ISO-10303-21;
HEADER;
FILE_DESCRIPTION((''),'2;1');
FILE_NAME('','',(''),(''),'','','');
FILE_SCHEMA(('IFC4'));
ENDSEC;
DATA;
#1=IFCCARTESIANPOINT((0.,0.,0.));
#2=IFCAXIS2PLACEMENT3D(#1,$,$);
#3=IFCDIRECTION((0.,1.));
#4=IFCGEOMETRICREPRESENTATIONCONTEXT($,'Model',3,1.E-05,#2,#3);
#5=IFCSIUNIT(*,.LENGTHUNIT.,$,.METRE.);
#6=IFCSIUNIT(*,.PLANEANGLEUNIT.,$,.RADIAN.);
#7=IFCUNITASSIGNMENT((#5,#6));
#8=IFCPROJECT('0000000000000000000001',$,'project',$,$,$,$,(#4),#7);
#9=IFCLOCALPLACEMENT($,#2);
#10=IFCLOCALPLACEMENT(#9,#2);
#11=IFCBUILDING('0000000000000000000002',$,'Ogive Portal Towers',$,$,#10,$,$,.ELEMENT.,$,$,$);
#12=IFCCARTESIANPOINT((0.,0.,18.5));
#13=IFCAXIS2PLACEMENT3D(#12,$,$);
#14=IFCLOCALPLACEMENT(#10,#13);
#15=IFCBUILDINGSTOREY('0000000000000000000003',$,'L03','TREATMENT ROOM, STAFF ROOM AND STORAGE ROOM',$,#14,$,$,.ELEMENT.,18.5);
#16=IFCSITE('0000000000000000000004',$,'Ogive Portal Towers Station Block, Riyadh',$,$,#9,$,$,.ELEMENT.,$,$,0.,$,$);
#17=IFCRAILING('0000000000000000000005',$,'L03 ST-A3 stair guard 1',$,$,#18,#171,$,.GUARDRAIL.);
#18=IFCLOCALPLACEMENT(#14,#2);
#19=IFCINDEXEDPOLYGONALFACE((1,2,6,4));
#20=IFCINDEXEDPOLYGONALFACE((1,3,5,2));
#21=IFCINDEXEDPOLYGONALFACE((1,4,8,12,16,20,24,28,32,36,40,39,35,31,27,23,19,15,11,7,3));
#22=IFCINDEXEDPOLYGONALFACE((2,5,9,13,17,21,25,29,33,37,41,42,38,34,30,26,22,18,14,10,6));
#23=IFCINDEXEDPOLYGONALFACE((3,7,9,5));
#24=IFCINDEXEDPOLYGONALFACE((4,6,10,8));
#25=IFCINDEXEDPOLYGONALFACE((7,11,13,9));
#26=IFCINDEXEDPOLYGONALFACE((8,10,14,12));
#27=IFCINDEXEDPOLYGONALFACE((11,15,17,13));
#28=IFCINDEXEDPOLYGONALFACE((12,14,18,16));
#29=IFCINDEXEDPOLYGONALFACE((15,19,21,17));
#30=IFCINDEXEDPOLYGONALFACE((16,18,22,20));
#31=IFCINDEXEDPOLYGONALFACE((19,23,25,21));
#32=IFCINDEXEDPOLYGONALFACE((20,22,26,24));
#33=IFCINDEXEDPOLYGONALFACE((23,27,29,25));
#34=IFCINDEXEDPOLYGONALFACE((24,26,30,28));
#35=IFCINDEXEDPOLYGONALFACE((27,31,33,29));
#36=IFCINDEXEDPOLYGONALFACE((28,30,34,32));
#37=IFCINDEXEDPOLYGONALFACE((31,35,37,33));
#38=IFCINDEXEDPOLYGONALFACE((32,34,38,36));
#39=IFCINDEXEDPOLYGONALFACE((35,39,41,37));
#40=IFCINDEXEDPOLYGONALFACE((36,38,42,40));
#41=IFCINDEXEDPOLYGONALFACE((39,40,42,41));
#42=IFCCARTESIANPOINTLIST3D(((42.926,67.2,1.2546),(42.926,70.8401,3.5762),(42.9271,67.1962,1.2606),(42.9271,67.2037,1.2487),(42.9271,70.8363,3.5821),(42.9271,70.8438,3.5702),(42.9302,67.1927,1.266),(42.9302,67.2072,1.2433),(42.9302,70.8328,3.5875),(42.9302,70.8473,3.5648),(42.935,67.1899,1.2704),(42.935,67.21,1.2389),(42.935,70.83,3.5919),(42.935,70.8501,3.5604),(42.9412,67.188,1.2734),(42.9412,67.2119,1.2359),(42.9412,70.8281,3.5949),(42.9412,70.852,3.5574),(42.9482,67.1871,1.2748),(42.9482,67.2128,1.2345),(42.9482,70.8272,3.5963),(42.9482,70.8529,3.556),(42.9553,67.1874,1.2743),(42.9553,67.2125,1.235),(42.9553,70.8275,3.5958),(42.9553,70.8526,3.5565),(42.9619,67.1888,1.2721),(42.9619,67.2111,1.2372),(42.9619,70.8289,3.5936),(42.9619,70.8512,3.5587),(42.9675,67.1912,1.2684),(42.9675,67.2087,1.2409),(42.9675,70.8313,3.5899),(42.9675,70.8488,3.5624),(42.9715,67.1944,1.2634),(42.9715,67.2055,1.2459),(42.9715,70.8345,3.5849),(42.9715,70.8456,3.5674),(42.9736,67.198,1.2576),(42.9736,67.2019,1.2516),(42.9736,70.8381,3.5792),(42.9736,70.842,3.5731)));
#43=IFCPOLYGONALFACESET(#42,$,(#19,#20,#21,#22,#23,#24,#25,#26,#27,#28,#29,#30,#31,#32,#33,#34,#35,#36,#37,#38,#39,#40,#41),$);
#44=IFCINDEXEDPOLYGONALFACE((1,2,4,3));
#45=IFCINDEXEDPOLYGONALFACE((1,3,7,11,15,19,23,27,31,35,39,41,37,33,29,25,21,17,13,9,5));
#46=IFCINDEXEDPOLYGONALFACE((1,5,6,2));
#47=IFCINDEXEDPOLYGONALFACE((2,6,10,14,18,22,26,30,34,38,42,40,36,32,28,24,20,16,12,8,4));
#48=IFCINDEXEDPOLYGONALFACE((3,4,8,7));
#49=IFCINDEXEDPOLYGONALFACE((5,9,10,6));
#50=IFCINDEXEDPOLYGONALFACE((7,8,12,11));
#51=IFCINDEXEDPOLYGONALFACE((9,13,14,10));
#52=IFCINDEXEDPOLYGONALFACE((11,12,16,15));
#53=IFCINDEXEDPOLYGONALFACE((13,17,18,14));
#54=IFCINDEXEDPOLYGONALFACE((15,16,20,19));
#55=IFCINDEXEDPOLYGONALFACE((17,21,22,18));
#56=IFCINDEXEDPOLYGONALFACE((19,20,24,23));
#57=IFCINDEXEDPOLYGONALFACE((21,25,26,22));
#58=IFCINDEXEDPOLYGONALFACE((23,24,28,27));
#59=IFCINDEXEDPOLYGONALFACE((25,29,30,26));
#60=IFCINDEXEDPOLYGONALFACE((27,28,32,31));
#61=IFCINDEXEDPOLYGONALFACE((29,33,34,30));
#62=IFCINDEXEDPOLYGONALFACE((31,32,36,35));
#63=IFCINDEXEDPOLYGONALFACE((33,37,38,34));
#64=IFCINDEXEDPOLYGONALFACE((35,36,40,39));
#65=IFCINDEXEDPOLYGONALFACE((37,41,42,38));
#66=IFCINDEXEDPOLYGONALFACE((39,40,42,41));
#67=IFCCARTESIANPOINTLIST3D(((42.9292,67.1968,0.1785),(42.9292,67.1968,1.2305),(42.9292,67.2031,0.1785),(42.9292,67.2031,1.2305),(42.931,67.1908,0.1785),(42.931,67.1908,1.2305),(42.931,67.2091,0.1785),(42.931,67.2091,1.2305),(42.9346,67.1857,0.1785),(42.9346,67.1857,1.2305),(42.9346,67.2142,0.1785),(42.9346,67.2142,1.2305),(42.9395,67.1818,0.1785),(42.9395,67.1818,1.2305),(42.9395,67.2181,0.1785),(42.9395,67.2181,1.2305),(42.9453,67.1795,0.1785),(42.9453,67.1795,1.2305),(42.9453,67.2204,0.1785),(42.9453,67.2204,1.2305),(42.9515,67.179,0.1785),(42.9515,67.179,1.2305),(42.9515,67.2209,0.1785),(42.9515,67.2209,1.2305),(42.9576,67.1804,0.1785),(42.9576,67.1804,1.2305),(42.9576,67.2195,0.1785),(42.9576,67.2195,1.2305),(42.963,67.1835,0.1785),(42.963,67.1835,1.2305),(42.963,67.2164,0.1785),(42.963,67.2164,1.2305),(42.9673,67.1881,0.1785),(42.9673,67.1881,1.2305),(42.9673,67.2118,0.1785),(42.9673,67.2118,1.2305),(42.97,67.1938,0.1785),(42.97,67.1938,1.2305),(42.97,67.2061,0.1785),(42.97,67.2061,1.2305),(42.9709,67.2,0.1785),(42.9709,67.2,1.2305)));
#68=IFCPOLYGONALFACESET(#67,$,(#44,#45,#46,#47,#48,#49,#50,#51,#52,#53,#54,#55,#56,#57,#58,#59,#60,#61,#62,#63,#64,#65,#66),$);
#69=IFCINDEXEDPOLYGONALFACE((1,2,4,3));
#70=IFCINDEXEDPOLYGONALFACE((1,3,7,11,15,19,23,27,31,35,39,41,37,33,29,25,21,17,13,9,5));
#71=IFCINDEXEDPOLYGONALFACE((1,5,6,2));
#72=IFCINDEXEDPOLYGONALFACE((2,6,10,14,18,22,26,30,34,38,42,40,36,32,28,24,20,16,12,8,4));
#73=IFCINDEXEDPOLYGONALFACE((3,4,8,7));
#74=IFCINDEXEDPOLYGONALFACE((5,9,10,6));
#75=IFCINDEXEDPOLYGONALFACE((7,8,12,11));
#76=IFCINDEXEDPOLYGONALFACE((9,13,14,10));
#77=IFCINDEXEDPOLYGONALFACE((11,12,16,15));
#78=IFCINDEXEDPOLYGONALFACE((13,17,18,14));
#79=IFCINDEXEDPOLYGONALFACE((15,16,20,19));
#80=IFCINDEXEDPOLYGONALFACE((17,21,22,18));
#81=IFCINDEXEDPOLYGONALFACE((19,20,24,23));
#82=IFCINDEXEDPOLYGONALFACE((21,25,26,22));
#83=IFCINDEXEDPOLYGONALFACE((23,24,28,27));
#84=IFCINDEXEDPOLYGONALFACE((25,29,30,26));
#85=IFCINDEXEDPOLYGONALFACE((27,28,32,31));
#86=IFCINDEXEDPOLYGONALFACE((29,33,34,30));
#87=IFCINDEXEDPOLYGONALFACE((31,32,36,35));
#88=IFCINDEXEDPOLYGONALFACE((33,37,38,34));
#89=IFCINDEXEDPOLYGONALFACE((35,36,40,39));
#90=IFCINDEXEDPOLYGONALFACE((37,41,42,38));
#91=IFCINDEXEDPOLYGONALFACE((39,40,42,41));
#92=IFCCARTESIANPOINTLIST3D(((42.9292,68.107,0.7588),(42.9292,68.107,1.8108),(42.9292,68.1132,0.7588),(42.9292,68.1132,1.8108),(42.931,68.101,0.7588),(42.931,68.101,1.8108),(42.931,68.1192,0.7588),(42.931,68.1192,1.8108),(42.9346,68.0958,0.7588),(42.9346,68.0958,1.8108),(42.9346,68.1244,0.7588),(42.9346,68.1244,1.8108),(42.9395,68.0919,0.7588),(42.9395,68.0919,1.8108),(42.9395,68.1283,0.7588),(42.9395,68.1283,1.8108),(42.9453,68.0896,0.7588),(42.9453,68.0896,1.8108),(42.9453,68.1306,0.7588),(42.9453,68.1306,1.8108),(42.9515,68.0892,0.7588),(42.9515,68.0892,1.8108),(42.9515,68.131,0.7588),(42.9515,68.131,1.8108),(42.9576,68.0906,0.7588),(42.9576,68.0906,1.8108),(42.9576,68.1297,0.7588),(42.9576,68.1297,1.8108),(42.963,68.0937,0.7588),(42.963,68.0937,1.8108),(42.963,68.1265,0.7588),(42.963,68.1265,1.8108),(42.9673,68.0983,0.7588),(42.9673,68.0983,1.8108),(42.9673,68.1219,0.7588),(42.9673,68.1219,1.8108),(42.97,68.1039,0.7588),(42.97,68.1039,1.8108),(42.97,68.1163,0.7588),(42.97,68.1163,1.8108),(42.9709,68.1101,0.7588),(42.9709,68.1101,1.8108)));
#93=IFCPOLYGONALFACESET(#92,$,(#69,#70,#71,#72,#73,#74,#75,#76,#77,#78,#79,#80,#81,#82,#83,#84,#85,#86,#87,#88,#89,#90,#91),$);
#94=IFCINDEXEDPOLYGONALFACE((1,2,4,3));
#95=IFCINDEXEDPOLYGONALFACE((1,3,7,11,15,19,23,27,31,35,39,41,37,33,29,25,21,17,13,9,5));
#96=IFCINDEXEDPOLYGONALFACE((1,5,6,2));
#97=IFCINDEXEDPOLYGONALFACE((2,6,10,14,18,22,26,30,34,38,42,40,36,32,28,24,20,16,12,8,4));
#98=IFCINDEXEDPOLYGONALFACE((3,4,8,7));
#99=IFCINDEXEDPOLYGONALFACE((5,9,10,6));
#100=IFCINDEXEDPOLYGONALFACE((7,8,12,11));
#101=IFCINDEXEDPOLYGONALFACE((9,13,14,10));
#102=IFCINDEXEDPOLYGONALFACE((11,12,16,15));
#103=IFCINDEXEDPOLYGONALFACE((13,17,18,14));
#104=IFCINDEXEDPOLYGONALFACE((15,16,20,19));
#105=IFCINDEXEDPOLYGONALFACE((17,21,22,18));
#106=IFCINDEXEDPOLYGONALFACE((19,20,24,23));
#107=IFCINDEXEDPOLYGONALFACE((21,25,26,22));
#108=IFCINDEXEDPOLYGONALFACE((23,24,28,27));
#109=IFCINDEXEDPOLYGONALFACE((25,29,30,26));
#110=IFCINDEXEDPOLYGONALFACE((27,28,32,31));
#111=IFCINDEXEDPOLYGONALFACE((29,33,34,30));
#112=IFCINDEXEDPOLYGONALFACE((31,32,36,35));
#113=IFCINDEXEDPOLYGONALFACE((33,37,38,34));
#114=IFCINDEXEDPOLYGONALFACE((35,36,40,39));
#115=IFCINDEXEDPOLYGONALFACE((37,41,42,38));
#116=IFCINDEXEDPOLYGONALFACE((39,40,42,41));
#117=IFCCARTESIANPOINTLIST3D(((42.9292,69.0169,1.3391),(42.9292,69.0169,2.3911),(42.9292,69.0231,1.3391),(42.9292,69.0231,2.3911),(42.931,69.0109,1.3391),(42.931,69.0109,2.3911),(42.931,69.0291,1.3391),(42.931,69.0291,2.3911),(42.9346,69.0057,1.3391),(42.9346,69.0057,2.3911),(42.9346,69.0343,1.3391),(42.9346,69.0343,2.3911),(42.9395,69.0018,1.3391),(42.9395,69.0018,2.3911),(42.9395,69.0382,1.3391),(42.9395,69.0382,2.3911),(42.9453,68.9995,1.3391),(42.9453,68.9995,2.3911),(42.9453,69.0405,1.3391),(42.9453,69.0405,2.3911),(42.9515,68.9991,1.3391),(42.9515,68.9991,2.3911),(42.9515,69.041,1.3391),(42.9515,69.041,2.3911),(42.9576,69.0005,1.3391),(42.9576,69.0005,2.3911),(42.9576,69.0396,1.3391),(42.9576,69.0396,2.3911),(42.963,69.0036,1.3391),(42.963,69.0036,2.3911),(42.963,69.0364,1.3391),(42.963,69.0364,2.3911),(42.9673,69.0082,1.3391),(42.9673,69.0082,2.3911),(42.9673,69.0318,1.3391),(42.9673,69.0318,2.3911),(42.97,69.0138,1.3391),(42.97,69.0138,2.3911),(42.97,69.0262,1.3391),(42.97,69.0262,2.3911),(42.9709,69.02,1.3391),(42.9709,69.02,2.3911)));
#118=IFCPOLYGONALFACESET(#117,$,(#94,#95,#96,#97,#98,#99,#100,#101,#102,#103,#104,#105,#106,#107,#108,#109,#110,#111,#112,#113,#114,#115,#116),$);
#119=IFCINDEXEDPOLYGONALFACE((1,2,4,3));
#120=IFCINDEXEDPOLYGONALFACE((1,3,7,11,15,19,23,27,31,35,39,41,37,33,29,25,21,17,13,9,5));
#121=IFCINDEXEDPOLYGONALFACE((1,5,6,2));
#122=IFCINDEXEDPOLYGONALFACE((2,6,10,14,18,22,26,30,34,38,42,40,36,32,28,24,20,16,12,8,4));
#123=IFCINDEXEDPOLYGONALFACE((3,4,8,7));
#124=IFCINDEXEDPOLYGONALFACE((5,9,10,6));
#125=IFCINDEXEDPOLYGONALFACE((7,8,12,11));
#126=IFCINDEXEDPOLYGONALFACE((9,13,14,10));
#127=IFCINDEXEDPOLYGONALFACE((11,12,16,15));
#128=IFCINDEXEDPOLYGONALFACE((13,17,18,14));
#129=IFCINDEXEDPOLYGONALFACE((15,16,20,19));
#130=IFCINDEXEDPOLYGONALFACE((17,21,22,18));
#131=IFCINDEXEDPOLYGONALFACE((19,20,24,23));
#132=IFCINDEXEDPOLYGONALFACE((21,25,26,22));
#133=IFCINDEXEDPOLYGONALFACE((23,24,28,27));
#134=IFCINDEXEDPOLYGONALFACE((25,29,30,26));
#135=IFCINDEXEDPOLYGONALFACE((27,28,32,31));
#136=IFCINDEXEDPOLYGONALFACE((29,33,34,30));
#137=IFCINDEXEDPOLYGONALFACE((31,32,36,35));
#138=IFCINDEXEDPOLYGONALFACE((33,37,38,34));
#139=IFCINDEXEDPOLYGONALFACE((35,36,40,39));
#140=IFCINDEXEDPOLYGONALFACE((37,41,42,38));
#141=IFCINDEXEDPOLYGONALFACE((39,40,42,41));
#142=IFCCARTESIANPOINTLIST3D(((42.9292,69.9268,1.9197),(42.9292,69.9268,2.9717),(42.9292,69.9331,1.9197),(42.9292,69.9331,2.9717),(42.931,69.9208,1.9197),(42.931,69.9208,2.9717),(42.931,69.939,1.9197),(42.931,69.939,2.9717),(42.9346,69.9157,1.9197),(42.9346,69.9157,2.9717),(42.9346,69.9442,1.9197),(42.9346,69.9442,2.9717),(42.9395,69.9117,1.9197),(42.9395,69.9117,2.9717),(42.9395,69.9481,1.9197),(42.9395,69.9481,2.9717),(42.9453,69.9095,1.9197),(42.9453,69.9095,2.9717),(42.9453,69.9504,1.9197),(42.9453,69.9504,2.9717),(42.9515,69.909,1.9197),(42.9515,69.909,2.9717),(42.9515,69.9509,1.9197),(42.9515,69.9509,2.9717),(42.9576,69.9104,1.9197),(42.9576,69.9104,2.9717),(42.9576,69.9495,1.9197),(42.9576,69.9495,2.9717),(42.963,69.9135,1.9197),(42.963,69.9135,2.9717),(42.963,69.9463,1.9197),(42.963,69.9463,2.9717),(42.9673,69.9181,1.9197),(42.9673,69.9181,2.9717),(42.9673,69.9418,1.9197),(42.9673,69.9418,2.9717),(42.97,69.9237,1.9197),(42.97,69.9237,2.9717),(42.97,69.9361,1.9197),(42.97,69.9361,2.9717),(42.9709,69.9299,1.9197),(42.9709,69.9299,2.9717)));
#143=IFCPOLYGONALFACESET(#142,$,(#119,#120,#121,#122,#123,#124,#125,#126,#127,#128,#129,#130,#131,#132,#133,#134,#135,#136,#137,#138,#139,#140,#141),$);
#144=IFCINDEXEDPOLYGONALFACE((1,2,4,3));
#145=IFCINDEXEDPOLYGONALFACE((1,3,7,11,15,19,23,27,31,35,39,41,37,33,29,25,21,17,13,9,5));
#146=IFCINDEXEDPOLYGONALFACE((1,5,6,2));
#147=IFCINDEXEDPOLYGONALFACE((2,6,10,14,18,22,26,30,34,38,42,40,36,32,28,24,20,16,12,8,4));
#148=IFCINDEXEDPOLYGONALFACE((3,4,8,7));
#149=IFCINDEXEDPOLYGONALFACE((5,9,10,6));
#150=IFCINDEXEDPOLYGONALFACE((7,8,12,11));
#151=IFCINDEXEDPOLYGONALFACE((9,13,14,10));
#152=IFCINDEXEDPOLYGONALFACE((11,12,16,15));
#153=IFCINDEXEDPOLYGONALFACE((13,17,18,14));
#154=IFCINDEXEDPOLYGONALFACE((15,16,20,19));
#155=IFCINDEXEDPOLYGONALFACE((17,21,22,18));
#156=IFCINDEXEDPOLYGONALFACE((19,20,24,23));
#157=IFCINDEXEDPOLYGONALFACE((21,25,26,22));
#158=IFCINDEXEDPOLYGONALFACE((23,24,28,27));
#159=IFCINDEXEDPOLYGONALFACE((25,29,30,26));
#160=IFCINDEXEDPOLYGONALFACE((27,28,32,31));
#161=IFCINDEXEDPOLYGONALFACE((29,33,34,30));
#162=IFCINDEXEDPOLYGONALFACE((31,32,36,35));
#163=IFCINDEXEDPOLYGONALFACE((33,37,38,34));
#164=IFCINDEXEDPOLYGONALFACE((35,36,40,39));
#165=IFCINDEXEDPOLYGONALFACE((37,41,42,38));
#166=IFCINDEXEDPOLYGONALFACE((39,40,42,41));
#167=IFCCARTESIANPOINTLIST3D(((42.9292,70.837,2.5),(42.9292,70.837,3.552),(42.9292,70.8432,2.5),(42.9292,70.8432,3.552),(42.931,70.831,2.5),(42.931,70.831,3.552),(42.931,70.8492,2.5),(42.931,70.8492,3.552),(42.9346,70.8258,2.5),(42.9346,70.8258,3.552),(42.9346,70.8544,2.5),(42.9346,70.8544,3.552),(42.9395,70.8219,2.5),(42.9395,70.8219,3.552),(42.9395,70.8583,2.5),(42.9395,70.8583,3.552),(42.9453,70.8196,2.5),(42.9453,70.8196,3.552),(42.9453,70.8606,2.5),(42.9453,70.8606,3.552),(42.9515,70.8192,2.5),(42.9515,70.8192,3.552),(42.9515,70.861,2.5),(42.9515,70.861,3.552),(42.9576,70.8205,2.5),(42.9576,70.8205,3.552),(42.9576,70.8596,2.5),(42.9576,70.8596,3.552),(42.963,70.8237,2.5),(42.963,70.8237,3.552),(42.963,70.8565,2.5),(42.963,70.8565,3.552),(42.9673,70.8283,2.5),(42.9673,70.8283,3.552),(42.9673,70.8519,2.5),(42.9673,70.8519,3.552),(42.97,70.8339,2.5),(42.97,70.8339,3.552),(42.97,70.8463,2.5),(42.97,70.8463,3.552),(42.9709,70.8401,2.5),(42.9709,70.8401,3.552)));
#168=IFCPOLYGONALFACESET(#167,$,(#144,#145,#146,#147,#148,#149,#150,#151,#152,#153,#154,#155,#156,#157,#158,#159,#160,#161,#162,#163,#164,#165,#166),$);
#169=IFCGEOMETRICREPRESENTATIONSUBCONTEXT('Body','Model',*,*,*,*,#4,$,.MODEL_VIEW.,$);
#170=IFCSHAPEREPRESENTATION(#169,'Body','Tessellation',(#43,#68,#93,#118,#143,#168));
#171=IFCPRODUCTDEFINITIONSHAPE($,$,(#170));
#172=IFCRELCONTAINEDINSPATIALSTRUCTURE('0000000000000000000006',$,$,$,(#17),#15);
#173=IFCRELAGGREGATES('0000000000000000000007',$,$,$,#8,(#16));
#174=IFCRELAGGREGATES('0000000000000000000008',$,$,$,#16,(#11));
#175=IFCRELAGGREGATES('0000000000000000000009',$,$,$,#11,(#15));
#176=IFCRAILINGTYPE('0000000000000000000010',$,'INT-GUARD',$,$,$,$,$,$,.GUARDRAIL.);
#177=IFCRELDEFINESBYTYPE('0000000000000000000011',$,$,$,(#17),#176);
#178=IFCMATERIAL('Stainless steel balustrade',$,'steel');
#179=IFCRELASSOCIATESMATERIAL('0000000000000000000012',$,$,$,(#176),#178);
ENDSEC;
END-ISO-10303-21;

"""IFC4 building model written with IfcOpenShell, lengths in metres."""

from ifc_helpers import new_model, si_unit, direction, frame, origin, origin_2d, place, context, subcontext, project, spatial, circle, extrude, material, type_object, element, save


model = new_model("IFC4")

# Units and contexts
model_context = context("Model", 3, precision=1e-05, world=origin(), true_north=direction((0.0, 1.0)))
body_context = subcontext(model_context, "Body", "Model", "MODEL_VIEW")
ifc_project = project(units=[si_unit("LENGTHUNIT", "METRE"), si_unit("PLANEANGLEUNIT", "RADIAN")], contexts=[model_context])

# Site, building, storey
site_placement = place(None, origin())
site = spatial("IfcSite", under=ifc_project, at=site_placement, Name="Ogive Portal Towers Station Block, Riyadh", CompositionType="ELEMENT", RefElevation=0.0)
building_placement = place(site_placement, origin())
building = spatial("IfcBuilding", under=site, at=building_placement, Name="Ogive Portal Towers", CompositionType="ELEMENT")
storey_placement = place(building_placement, frame((0.0, 0.0, 18.5)))
storey = spatial("IfcBuildingStorey", under=building, at=storey_placement, Name="L03", Description="TREATMENT ROOM, STAFF ROOM AND STORAGE ROOM", CompositionType="ELEMENT", Elevation=18.5)

# Railing
ifc_material_1 = material(Name="Stainless steel balustrade", Category="steel")
railing_type_1 = type_object("IfcRailingType", Name="INT-GUARD", PredefinedType="GUARDRAIL", material=ifc_material_1)
railing_1_placement = place(storey_placement, frame((42.95, 67.2, 0.1785)))
element("IfcRailing", 1, at=railing_1_placement, inside=storey, type_object=railing_type_1, Name="L03 ST-A3 stair guard 1", PredefinedType="GUARDRAIL", context=body_context, shape_type="SweptSolid", body=[
    extrude(circle(Radius=0.0239, at=origin_2d()), frame((0.0, 0.0, 1.0762), z_axis=(0.0, 0.843128, 0.537713), x_axis=(-1.0, 0.0, 0.0)), (0.0, 0.0, 1.0), 4.3174),
    extrude(circle(Radius=0.021, at=origin_2d()), origin(), (0.0, 0.0, 1.0), 1.052),
    extrude(circle(Radius=0.021, at=origin_2d()), frame((0.0, 0.9102, 0.5803)), (0.0, 0.0, 1.0), 1.052),
    extrude(circle(Radius=0.021, at=origin_2d()), frame((0.0, 1.8201, 1.1606)), (0.0, 0.0, 1.0), 1.052),
    extrude(circle(Radius=0.021, at=origin_2d()), frame((0.0, 2.73, 1.7412)), (0.0, 0.0, 1.0), 1.052),
    extrude(circle(Radius=0.021, at=origin_2d()), frame((0.0, 3.6401, 2.3215)), (0.0, 0.0, 1.0), 1.052),
])

save(model, "model.ifc")
